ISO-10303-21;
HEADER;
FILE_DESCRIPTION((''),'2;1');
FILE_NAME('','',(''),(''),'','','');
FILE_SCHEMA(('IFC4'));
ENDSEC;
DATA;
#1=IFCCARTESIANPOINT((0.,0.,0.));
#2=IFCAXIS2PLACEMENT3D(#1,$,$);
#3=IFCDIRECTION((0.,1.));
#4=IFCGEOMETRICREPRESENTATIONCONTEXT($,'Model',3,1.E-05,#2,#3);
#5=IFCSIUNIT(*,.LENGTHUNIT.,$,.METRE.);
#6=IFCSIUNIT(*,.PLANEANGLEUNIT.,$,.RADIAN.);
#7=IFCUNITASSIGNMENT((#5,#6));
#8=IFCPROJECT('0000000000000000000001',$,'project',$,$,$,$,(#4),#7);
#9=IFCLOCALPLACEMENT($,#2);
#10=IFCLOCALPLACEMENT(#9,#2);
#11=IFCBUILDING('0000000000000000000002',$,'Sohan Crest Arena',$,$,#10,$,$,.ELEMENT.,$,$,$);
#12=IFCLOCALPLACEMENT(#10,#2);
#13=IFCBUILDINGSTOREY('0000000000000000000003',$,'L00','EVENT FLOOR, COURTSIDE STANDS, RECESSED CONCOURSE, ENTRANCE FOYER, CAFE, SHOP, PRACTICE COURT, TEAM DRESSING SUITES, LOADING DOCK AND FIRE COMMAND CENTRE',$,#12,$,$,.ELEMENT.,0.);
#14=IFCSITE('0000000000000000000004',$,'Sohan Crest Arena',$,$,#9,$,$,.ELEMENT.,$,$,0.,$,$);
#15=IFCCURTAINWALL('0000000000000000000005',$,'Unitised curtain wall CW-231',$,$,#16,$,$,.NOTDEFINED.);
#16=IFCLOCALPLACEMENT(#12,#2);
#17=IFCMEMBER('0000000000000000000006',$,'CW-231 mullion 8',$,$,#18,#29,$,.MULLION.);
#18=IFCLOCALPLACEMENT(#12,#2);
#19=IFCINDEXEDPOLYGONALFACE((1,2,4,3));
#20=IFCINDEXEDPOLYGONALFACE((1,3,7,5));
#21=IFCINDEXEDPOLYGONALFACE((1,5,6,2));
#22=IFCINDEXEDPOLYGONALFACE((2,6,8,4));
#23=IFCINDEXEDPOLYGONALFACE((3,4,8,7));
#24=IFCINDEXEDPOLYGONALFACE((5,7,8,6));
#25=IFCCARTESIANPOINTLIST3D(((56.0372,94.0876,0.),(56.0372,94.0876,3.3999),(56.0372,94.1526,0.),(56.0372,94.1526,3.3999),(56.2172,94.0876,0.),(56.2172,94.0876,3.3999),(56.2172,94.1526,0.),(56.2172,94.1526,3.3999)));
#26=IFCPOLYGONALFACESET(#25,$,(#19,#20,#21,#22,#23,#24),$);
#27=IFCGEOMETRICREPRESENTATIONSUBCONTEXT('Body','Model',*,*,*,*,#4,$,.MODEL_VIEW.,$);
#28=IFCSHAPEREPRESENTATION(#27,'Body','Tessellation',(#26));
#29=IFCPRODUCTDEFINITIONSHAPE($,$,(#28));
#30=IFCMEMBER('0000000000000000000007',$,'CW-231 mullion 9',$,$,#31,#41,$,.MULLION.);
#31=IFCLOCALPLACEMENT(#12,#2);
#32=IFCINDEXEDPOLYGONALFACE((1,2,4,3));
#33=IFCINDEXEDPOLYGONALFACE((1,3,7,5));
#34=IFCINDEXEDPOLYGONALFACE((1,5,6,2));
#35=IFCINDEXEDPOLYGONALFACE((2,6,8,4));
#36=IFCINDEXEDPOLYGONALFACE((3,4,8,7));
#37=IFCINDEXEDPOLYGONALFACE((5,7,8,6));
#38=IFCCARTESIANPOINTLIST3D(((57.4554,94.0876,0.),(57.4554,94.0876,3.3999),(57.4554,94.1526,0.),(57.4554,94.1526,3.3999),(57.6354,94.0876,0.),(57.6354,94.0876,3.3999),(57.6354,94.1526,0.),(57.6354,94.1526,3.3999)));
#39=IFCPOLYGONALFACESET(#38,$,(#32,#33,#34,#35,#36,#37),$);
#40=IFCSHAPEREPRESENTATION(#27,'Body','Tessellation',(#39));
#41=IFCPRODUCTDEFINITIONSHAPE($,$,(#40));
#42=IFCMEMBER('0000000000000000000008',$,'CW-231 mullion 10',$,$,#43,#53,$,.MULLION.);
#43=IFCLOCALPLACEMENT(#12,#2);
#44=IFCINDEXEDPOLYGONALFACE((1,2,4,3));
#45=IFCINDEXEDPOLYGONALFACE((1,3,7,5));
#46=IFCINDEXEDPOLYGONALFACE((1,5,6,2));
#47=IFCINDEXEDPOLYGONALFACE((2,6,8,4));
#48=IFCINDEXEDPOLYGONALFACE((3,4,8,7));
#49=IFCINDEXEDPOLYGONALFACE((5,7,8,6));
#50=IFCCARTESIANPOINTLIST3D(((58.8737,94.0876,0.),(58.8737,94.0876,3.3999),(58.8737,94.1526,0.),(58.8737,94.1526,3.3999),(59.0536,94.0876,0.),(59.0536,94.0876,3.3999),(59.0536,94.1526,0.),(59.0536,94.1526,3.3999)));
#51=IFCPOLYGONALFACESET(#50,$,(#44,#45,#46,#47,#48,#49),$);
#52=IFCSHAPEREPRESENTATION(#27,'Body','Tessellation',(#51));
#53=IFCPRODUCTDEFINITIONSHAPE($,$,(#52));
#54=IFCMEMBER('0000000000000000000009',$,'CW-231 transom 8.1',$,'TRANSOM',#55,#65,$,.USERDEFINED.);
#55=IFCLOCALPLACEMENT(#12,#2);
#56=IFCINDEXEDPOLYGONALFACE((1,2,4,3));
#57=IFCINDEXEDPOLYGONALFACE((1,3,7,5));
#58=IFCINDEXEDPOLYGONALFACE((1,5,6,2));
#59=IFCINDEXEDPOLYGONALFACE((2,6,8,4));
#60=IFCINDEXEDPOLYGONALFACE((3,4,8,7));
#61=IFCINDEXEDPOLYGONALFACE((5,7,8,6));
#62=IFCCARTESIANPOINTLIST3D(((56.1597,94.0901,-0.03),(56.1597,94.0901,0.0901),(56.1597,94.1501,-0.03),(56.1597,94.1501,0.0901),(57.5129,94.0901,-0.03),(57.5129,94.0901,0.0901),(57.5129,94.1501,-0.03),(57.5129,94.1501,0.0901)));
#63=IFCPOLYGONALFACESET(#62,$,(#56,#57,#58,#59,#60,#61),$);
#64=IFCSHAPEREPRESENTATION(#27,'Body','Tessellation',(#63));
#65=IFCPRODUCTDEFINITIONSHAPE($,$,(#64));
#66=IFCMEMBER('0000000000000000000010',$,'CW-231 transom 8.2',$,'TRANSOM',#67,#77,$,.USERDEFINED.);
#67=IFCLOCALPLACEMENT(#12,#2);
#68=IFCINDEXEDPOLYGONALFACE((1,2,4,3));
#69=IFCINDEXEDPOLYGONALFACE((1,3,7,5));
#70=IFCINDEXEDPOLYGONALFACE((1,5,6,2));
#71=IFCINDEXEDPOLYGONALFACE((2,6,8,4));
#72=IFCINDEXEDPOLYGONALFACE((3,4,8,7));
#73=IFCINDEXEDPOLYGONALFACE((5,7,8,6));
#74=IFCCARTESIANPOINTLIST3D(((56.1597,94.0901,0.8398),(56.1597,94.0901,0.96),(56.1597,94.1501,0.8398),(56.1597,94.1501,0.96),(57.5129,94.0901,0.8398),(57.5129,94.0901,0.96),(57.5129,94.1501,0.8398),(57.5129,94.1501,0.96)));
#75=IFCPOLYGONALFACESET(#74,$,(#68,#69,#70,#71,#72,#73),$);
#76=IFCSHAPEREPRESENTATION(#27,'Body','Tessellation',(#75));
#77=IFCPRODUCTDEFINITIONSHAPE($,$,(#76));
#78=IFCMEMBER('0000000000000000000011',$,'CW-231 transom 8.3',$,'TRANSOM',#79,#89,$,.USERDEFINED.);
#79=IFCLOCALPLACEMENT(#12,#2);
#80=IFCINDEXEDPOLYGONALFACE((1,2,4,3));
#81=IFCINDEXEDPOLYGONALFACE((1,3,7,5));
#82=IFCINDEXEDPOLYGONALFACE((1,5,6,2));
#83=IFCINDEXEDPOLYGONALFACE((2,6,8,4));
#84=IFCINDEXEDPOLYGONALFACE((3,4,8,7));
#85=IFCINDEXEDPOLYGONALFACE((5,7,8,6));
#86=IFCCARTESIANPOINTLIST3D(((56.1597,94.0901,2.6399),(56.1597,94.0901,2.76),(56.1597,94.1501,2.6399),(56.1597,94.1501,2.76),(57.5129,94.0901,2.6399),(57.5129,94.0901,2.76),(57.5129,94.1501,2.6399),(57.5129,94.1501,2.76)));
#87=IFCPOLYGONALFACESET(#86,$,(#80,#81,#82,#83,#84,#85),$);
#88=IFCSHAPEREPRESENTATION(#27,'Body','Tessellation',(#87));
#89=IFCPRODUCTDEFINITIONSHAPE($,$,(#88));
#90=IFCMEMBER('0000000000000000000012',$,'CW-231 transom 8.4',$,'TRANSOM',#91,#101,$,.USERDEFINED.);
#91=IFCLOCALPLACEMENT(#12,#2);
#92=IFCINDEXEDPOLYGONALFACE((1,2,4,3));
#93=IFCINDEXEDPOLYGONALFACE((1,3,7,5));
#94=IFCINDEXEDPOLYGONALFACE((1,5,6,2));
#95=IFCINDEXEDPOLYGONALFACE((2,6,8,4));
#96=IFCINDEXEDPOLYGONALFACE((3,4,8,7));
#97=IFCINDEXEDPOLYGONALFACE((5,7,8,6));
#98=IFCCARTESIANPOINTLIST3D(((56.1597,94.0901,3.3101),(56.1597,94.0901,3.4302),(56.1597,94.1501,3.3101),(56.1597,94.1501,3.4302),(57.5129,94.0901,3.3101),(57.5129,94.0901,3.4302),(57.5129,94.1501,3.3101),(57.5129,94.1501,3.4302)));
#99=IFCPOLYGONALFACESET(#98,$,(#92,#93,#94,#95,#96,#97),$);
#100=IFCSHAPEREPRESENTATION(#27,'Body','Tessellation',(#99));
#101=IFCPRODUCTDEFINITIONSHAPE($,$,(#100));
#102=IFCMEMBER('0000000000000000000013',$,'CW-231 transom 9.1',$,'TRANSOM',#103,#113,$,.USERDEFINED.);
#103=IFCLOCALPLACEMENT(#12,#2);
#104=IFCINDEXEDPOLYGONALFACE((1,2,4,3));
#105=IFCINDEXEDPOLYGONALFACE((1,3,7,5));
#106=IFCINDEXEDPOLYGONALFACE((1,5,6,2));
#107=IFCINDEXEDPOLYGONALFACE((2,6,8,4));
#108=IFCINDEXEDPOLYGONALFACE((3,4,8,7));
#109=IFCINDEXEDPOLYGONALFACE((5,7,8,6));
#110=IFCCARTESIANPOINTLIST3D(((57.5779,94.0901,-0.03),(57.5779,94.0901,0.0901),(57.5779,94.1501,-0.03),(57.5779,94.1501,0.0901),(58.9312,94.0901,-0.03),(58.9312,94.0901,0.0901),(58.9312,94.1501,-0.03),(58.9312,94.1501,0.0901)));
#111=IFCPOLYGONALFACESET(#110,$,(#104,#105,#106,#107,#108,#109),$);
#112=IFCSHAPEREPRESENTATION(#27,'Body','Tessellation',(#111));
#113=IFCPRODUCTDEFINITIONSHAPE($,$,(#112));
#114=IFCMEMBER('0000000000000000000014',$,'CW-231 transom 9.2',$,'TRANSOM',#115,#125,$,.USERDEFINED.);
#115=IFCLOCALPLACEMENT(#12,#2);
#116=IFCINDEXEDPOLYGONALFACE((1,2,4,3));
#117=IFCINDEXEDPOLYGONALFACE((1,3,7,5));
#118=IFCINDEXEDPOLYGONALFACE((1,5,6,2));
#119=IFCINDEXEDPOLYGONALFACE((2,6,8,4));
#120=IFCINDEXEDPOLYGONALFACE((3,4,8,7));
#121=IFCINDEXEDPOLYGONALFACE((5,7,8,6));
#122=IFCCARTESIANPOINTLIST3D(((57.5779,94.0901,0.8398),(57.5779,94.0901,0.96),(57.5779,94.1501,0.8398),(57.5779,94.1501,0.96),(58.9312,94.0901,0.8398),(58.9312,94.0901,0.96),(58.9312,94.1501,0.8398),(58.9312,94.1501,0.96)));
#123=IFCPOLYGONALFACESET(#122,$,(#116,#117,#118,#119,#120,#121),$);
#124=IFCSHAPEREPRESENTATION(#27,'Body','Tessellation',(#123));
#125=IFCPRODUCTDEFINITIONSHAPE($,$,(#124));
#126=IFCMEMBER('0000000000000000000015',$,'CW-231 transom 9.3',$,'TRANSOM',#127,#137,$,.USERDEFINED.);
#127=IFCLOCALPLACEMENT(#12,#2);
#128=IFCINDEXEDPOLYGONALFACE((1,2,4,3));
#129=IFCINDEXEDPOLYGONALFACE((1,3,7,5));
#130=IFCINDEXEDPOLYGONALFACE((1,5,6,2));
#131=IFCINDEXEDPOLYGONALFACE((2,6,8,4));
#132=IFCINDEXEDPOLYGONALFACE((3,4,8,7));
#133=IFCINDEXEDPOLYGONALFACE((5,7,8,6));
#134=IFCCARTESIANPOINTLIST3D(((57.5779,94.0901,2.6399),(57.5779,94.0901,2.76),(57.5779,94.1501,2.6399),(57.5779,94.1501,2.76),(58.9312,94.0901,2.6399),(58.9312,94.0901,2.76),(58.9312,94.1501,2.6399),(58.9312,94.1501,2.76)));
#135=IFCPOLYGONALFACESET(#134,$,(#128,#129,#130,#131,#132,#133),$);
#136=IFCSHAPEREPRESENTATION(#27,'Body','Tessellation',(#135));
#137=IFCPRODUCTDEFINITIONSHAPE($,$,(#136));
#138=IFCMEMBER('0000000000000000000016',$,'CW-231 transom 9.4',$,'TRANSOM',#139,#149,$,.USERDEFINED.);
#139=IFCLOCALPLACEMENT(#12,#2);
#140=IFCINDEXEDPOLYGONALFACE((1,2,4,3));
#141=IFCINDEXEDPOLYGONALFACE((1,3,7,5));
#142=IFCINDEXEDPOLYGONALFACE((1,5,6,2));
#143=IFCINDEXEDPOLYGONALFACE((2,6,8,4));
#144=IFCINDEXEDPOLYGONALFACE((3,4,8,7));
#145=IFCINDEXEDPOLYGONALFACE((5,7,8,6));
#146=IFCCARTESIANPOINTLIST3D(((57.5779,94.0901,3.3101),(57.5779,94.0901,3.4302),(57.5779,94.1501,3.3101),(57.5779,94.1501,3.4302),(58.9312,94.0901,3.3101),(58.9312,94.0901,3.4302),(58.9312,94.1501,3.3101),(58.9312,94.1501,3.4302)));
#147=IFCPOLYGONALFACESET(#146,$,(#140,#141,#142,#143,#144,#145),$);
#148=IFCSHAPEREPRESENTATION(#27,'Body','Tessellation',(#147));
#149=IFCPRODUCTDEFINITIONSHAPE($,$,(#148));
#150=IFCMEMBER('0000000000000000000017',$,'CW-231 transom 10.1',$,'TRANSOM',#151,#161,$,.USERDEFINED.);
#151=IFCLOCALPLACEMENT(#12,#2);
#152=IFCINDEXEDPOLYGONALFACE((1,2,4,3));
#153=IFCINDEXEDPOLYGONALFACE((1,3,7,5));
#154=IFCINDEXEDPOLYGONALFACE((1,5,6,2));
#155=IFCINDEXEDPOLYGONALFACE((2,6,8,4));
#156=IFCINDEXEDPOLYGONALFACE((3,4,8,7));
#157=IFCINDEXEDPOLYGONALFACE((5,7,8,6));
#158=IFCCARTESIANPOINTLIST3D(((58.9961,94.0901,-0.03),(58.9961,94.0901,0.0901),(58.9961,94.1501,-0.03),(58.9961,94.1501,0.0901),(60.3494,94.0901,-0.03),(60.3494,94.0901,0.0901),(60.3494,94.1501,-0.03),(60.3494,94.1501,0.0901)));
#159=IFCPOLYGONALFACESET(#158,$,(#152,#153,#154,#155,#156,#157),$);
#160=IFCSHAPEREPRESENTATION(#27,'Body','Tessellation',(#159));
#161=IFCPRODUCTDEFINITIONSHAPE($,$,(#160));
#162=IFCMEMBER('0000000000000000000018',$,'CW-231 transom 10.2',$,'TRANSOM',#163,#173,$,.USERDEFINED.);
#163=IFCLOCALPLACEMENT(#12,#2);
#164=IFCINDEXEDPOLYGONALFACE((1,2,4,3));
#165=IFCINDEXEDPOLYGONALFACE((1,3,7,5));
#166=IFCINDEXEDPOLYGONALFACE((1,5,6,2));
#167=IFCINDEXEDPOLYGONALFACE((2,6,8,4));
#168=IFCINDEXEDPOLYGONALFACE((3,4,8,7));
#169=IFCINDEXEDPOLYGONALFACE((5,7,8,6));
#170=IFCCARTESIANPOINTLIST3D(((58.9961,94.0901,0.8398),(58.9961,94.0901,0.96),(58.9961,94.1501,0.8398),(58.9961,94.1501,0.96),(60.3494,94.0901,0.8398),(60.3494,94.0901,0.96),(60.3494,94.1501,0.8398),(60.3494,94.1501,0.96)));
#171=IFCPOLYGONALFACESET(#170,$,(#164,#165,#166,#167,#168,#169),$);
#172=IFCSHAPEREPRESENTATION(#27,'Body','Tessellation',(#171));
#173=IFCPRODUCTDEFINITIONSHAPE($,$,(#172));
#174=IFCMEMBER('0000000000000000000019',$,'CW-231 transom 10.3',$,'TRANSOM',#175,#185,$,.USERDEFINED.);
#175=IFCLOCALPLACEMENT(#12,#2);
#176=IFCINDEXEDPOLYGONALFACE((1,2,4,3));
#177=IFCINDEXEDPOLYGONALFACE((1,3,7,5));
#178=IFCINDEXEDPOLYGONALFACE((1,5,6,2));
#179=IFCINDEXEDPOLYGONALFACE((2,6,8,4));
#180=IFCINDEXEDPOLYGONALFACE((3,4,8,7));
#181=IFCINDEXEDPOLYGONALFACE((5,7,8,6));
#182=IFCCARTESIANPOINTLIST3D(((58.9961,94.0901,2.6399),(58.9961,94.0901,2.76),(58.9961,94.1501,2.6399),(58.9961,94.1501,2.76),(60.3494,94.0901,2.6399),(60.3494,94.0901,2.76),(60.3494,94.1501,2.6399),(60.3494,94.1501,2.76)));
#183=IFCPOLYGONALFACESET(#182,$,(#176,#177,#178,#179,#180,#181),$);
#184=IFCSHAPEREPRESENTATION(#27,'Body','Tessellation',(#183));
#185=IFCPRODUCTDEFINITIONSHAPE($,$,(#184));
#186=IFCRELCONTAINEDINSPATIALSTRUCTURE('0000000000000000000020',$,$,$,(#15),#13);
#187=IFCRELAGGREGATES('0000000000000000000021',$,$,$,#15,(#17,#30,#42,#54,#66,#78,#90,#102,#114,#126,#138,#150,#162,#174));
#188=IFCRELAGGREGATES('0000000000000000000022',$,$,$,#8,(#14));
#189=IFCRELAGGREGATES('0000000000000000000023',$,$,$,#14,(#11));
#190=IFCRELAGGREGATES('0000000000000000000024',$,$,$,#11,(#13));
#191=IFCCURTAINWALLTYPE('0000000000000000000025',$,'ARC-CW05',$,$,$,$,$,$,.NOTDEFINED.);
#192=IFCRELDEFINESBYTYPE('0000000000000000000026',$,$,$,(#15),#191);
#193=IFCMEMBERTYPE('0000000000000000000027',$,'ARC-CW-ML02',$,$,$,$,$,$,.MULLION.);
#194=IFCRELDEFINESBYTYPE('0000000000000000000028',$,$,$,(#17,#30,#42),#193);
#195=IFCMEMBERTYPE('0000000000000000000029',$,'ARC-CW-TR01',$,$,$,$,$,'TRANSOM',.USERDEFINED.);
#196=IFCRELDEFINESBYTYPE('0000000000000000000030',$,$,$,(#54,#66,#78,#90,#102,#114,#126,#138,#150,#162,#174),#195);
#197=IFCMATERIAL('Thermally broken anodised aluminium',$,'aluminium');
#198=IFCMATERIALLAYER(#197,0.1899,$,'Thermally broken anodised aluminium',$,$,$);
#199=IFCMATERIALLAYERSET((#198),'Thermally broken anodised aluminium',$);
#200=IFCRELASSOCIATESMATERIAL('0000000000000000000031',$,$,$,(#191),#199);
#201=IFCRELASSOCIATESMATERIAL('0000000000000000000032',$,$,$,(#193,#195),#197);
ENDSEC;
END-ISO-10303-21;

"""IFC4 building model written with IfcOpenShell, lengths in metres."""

from ifc_helpers import new_model, si_unit, direction, frame, origin, origin_2d, place, context, subcontext, project, spatial, rectangle, extrude, material, layer, layer_set, material_profile, profile_set, type_object, element, aggregate, save


model = new_model("IFC4")

# Units and contexts
model_context = context("Model", 3, precision=1e-05, world=origin(), true_north=direction((0.0, 1.0)))
body_context = subcontext(model_context, "Body", "Model", "MODEL_VIEW")
ifc_project = project(units=[si_unit("LENGTHUNIT", "METRE"), si_unit("PLANEANGLEUNIT", "RADIAN")], contexts=[model_context])

# Site, building, storey
site_placement = place(None, origin())
site = spatial("IfcSite", under=ifc_project, at=site_placement, Name="Sohan Crest Arena", CompositionType="ELEMENT", RefElevation=0.0)
building_placement = place(site_placement, origin())
building = spatial("IfcBuilding", under=site, at=building_placement, Name="Sohan Crest Arena", CompositionType="ELEMENT")
storey_placement = place(building_placement, origin())
storey = spatial("IfcBuildingStorey", under=building, at=storey_placement, Name="L00", Description="EVENT FLOOR, COURTSIDE STANDS, RECESSED CONCOURSE, ENTRANCE FOYER, CAFE, SHOP, PRACTICE COURT, TEAM DRESSING SUITES, LOADING DOCK AND FIRE COMMAND CENTRE", CompositionType="ELEMENT", Elevation=0.0)

# Curtain wall, members
ifc_material_1 = material(Name="Thermally broken anodised aluminium", Category="aluminium")
ifc_layer_1 = layer(ifc_material_1, 0.1899, Name="Thermally broken anodised aluminium")
ifc_layer_set_1 = layer_set([ifc_layer_1], Name="Thermally broken anodised aluminium")
curtain_wall_type = type_object("IfcCurtainWallType", Name="ARC-CW05", PredefinedType="NOTDEFINED", material=ifc_layer_set_1)
curtain_wall_placement = place(storey_placement, origin())
curtain_wall = element("IfcCurtainWall", 1, at=curtain_wall_placement, inside=storey, type_object=curtain_wall_type, Name="Unitised curtain wall CW-231", PredefinedType="NOTDEFINED")
ifc_material_profile_1 = material_profile(ifc_material_1, rectangle(XDim=0.0649, YDim=0.1799, at=origin_2d()), Name="ALU-MULL 65x180")
ifc_profile_set_1 = profile_set([ifc_material_profile_1], Name="Thermally broken anodised aluminium")
member_type_1 = type_object("IfcMemberType", Name="ARC-CW-ML02", PredefinedType="MULLION", material=ifc_profile_set_1)
member_1_placement = place(storey_placement, frame((56.1272, 94.1201, 0.0), z_axis=(0.0, 0.0, 1.0), x_axis=(0.0, 1.0, 0.0)))
member_1 = element("IfcMember", 2, at=member_1_placement, type_object=member_type_1, Name="CW-231 mullion 8", PredefinedType="MULLION", context=body_context, shape_type="SweptSolid", body=[
    extrude(rectangle(XDim=0.0649, YDim=0.1799, at=origin_2d()), origin(), (0.0, 0.0, 1.0), 3.3999),
])
member_2_placement = place(storey_placement, frame((57.5454, 94.1201, 0.0), z_axis=(0.0, 0.0, 1.0), x_axis=(0.0, 1.0, 0.0)))
member_2 = element("IfcMember", 3, at=member_2_placement, type_object=member_type_1, Name="CW-231 mullion 9", PredefinedType="MULLION", context=body_context, shape_type="SweptSolid", body=[
    extrude(rectangle(XDim=0.0649, YDim=0.1799, at=origin_2d()), origin(), (0.0, 0.0, 1.0), 3.3999),
])
member_3_placement = place(storey_placement, frame((58.9636, 94.1201, 0.0), z_axis=(0.0, 0.0, 1.0), x_axis=(0.0, 1.0, 0.0)))
member_3 = element("IfcMember", 4, at=member_3_placement, type_object=member_type_1, Name="CW-231 mullion 10", PredefinedType="MULLION", context=body_context, shape_type="SweptSolid", body=[
    extrude(rectangle(XDim=0.0649, YDim=0.1799, at=origin_2d()), origin(), (0.0, 0.0, 1.0), 3.3999),
])
ifc_material_profile_2 = material_profile(ifc_material_1, rectangle(XDim=0.0601, YDim=0.1201, at=origin_2d()), Name="ALU-TRAN 60x120")
ifc_profile_set_2 = profile_set([ifc_material_profile_2], Name="Thermally broken anodised aluminium")
member_type_2 = type_object("IfcMemberType", Name="ARC-CW-TR01", ElementType="TRANSOM", PredefinedType="USERDEFINED", material=ifc_profile_set_2)
member_4_placement = place(storey_placement, frame((56.1597, 94.1201, 0.03), z_axis=(1.0, 0.0, 0.0), x_axis=(0.0, 1.0, 0.0)))
member_4 = element("IfcMember", 5, at=member_4_placement, type_object=member_type_2, Name="CW-231 transom 8.1", ObjectType="TRANSOM", PredefinedType="USERDEFINED", context=body_context, shape_type="SweptSolid", body=[
    extrude(rectangle(XDim=0.0601, YDim=0.1201, at=origin_2d()), origin(), (0.0, 0.0, 1.0), 1.3533),
])
member_5_placement = place(storey_placement, frame((56.1597, 94.1201, 0.8999), z_axis=(1.0, 0.0, 0.0), x_axis=(0.0, 1.0, 0.0)))
member_5 = element("IfcMember", 6, at=member_5_placement, type_object=member_type_2, Name="CW-231 transom 8.2", ObjectType="TRANSOM", PredefinedType="USERDEFINED", context=body_context, shape_type="SweptSolid", body=[
    extrude(rectangle(XDim=0.0601, YDim=0.1201, at=origin_2d()), origin(), (0.0, 0.0, 1.0), 1.3533),
])
member_6_placement = place(storey_placement, frame((56.1597, 94.1201, 2.7), z_axis=(1.0, 0.0, 0.0), x_axis=(0.0, 1.0, 0.0)))
member_6 = element("IfcMember", 7, at=member_6_placement, type_object=member_type_2, Name="CW-231 transom 8.3", ObjectType="TRANSOM", PredefinedType="USERDEFINED", context=body_context, shape_type="SweptSolid", body=[
    extrude(rectangle(XDim=0.0601, YDim=0.1201, at=origin_2d()), origin(), (0.0, 0.0, 1.0), 1.3533),
])
member_7_placement = place(storey_placement, frame((56.1597, 94.1201, 3.3701), z_axis=(1.0, 0.0, 0.0), x_axis=(0.0, 1.0, 0.0)))
member_7 = element("IfcMember", 8, at=member_7_placement, type_object=member_type_2, Name="CW-231 transom 8.4", ObjectType="TRANSOM", PredefinedType="USERDEFINED", context=body_context, shape_type="SweptSolid", body=[
    extrude(rectangle(XDim=0.0601, YDim=0.1201, at=origin_2d()), origin(), (0.0, 0.0, 1.0), 1.3533),
])
member_8_placement = place(storey_placement, frame((57.5779, 94.1201, 0.03), z_axis=(1.0, 0.0, 0.0), x_axis=(0.0, 1.0, 0.0)))
member_8 = element("IfcMember", 9, at=member_8_placement, type_object=member_type_2, Name="CW-231 transom 9.1", ObjectType="TRANSOM", PredefinedType="USERDEFINED", context=body_context, shape_type="SweptSolid", body=[
    extrude(rectangle(XDim=0.0601, YDim=0.1201, at=origin_2d()), origin(), (0.0, 0.0, 1.0), 1.3533),
])
member_9_placement = place(storey_placement, frame((57.5779, 94.1201, 0.8999), z_axis=(1.0, 0.0, 0.0), x_axis=(0.0, 1.0, 0.0)))
member_9 = element("IfcMember", 10, at=member_9_placement, type_object=member_type_2, Name="CW-231 transom 9.2", ObjectType="TRANSOM", PredefinedType="USERDEFINED", context=body_context, shape_type="SweptSolid", body=[
    extrude(rectangle(XDim=0.0601, YDim=0.1201, at=origin_2d()), origin(), (0.0, 0.0, 1.0), 1.3533),
])
member_10_placement = place(storey_placement, frame((57.5779, 94.1201, 2.7), z_axis=(1.0, 0.0, 0.0), x_axis=(0.0, 1.0, 0.0)))
member_10 = element("IfcMember", 11, at=member_10_placement, type_object=member_type_2, Name="CW-231 transom 9.3", ObjectType="TRANSOM", PredefinedType="USERDEFINED", context=body_context, shape_type="SweptSolid", body=[
    extrude(rectangle(XDim=0.0601, YDim=0.1201, at=origin_2d()), origin(), (0.0, 0.0, 1.0), 1.3533),
])
member_11_placement = place(storey_placement, frame((57.5779, 94.1201, 3.3701), z_axis=(1.0, 0.0, 0.0), x_axis=(0.0, 1.0, 0.0)))
member_11 = element("IfcMember", 12, at=member_11_placement, type_object=member_type_2, Name="CW-231 transom 9.4", ObjectType="TRANSOM", PredefinedType="USERDEFINED", context=body_context, shape_type="SweptSolid", body=[
    extrude(rectangle(XDim=0.0601, YDim=0.1201, at=origin_2d()), origin(), (0.0, 0.0, 1.0), 1.3533),
])
member_12_placement = place(storey_placement, frame((58.9961, 94.1201, 0.03), z_axis=(1.0, 0.0, 0.0), x_axis=(0.0, 1.0, 0.0)))
member_12 = element("IfcMember", 13, at=member_12_placement, type_object=member_type_2, Name="CW-231 transom 10.1", ObjectType="TRANSOM", PredefinedType="USERDEFINED", context=body_context, shape_type="SweptSolid", body=[
    extrude(rectangle(XDim=0.0601, YDim=0.1201, at=origin_2d()), origin(), (0.0, 0.0, 1.0), 1.3533),
])
member_13_placement = place(storey_placement, frame((58.9961, 94.1201, 0.8999), z_axis=(1.0, 0.0, 0.0), x_axis=(0.0, 1.0, 0.0)))
member_13 = element("IfcMember", 14, at=member_13_placement, type_object=member_type_2, Name="CW-231 transom 10.2", ObjectType="TRANSOM", PredefinedType="USERDEFINED", context=body_context, shape_type="SweptSolid", body=[
    extrude(rectangle(XDim=0.0601, YDim=0.1201, at=origin_2d()), origin(), (0.0, 0.0, 1.0), 1.3533),
])
member_14_placement = place(storey_placement, frame((58.9961, 94.1201, 2.7), z_axis=(1.0, 0.0, 0.0), x_axis=(0.0, 1.0, 0.0)))
member_14 = element("IfcMember", 15, at=member_14_placement, type_object=member_type_2, Name="CW-231 transom 10.3", ObjectType="TRANSOM", PredefinedType="USERDEFINED", context=body_context, shape_type="SweptSolid", body=[
    extrude(rectangle(XDim=0.0601, YDim=0.1201, at=origin_2d()), origin(), (0.0, 0.0, 1.0), 1.3533),
])

aggregate(curtain_wall, [member_1, member_2, member_3, member_4, member_5, member_6, member_7, member_8, member_9, member_10, member_11, member_12, member_13, member_14])

save(model, "model.ifc")
